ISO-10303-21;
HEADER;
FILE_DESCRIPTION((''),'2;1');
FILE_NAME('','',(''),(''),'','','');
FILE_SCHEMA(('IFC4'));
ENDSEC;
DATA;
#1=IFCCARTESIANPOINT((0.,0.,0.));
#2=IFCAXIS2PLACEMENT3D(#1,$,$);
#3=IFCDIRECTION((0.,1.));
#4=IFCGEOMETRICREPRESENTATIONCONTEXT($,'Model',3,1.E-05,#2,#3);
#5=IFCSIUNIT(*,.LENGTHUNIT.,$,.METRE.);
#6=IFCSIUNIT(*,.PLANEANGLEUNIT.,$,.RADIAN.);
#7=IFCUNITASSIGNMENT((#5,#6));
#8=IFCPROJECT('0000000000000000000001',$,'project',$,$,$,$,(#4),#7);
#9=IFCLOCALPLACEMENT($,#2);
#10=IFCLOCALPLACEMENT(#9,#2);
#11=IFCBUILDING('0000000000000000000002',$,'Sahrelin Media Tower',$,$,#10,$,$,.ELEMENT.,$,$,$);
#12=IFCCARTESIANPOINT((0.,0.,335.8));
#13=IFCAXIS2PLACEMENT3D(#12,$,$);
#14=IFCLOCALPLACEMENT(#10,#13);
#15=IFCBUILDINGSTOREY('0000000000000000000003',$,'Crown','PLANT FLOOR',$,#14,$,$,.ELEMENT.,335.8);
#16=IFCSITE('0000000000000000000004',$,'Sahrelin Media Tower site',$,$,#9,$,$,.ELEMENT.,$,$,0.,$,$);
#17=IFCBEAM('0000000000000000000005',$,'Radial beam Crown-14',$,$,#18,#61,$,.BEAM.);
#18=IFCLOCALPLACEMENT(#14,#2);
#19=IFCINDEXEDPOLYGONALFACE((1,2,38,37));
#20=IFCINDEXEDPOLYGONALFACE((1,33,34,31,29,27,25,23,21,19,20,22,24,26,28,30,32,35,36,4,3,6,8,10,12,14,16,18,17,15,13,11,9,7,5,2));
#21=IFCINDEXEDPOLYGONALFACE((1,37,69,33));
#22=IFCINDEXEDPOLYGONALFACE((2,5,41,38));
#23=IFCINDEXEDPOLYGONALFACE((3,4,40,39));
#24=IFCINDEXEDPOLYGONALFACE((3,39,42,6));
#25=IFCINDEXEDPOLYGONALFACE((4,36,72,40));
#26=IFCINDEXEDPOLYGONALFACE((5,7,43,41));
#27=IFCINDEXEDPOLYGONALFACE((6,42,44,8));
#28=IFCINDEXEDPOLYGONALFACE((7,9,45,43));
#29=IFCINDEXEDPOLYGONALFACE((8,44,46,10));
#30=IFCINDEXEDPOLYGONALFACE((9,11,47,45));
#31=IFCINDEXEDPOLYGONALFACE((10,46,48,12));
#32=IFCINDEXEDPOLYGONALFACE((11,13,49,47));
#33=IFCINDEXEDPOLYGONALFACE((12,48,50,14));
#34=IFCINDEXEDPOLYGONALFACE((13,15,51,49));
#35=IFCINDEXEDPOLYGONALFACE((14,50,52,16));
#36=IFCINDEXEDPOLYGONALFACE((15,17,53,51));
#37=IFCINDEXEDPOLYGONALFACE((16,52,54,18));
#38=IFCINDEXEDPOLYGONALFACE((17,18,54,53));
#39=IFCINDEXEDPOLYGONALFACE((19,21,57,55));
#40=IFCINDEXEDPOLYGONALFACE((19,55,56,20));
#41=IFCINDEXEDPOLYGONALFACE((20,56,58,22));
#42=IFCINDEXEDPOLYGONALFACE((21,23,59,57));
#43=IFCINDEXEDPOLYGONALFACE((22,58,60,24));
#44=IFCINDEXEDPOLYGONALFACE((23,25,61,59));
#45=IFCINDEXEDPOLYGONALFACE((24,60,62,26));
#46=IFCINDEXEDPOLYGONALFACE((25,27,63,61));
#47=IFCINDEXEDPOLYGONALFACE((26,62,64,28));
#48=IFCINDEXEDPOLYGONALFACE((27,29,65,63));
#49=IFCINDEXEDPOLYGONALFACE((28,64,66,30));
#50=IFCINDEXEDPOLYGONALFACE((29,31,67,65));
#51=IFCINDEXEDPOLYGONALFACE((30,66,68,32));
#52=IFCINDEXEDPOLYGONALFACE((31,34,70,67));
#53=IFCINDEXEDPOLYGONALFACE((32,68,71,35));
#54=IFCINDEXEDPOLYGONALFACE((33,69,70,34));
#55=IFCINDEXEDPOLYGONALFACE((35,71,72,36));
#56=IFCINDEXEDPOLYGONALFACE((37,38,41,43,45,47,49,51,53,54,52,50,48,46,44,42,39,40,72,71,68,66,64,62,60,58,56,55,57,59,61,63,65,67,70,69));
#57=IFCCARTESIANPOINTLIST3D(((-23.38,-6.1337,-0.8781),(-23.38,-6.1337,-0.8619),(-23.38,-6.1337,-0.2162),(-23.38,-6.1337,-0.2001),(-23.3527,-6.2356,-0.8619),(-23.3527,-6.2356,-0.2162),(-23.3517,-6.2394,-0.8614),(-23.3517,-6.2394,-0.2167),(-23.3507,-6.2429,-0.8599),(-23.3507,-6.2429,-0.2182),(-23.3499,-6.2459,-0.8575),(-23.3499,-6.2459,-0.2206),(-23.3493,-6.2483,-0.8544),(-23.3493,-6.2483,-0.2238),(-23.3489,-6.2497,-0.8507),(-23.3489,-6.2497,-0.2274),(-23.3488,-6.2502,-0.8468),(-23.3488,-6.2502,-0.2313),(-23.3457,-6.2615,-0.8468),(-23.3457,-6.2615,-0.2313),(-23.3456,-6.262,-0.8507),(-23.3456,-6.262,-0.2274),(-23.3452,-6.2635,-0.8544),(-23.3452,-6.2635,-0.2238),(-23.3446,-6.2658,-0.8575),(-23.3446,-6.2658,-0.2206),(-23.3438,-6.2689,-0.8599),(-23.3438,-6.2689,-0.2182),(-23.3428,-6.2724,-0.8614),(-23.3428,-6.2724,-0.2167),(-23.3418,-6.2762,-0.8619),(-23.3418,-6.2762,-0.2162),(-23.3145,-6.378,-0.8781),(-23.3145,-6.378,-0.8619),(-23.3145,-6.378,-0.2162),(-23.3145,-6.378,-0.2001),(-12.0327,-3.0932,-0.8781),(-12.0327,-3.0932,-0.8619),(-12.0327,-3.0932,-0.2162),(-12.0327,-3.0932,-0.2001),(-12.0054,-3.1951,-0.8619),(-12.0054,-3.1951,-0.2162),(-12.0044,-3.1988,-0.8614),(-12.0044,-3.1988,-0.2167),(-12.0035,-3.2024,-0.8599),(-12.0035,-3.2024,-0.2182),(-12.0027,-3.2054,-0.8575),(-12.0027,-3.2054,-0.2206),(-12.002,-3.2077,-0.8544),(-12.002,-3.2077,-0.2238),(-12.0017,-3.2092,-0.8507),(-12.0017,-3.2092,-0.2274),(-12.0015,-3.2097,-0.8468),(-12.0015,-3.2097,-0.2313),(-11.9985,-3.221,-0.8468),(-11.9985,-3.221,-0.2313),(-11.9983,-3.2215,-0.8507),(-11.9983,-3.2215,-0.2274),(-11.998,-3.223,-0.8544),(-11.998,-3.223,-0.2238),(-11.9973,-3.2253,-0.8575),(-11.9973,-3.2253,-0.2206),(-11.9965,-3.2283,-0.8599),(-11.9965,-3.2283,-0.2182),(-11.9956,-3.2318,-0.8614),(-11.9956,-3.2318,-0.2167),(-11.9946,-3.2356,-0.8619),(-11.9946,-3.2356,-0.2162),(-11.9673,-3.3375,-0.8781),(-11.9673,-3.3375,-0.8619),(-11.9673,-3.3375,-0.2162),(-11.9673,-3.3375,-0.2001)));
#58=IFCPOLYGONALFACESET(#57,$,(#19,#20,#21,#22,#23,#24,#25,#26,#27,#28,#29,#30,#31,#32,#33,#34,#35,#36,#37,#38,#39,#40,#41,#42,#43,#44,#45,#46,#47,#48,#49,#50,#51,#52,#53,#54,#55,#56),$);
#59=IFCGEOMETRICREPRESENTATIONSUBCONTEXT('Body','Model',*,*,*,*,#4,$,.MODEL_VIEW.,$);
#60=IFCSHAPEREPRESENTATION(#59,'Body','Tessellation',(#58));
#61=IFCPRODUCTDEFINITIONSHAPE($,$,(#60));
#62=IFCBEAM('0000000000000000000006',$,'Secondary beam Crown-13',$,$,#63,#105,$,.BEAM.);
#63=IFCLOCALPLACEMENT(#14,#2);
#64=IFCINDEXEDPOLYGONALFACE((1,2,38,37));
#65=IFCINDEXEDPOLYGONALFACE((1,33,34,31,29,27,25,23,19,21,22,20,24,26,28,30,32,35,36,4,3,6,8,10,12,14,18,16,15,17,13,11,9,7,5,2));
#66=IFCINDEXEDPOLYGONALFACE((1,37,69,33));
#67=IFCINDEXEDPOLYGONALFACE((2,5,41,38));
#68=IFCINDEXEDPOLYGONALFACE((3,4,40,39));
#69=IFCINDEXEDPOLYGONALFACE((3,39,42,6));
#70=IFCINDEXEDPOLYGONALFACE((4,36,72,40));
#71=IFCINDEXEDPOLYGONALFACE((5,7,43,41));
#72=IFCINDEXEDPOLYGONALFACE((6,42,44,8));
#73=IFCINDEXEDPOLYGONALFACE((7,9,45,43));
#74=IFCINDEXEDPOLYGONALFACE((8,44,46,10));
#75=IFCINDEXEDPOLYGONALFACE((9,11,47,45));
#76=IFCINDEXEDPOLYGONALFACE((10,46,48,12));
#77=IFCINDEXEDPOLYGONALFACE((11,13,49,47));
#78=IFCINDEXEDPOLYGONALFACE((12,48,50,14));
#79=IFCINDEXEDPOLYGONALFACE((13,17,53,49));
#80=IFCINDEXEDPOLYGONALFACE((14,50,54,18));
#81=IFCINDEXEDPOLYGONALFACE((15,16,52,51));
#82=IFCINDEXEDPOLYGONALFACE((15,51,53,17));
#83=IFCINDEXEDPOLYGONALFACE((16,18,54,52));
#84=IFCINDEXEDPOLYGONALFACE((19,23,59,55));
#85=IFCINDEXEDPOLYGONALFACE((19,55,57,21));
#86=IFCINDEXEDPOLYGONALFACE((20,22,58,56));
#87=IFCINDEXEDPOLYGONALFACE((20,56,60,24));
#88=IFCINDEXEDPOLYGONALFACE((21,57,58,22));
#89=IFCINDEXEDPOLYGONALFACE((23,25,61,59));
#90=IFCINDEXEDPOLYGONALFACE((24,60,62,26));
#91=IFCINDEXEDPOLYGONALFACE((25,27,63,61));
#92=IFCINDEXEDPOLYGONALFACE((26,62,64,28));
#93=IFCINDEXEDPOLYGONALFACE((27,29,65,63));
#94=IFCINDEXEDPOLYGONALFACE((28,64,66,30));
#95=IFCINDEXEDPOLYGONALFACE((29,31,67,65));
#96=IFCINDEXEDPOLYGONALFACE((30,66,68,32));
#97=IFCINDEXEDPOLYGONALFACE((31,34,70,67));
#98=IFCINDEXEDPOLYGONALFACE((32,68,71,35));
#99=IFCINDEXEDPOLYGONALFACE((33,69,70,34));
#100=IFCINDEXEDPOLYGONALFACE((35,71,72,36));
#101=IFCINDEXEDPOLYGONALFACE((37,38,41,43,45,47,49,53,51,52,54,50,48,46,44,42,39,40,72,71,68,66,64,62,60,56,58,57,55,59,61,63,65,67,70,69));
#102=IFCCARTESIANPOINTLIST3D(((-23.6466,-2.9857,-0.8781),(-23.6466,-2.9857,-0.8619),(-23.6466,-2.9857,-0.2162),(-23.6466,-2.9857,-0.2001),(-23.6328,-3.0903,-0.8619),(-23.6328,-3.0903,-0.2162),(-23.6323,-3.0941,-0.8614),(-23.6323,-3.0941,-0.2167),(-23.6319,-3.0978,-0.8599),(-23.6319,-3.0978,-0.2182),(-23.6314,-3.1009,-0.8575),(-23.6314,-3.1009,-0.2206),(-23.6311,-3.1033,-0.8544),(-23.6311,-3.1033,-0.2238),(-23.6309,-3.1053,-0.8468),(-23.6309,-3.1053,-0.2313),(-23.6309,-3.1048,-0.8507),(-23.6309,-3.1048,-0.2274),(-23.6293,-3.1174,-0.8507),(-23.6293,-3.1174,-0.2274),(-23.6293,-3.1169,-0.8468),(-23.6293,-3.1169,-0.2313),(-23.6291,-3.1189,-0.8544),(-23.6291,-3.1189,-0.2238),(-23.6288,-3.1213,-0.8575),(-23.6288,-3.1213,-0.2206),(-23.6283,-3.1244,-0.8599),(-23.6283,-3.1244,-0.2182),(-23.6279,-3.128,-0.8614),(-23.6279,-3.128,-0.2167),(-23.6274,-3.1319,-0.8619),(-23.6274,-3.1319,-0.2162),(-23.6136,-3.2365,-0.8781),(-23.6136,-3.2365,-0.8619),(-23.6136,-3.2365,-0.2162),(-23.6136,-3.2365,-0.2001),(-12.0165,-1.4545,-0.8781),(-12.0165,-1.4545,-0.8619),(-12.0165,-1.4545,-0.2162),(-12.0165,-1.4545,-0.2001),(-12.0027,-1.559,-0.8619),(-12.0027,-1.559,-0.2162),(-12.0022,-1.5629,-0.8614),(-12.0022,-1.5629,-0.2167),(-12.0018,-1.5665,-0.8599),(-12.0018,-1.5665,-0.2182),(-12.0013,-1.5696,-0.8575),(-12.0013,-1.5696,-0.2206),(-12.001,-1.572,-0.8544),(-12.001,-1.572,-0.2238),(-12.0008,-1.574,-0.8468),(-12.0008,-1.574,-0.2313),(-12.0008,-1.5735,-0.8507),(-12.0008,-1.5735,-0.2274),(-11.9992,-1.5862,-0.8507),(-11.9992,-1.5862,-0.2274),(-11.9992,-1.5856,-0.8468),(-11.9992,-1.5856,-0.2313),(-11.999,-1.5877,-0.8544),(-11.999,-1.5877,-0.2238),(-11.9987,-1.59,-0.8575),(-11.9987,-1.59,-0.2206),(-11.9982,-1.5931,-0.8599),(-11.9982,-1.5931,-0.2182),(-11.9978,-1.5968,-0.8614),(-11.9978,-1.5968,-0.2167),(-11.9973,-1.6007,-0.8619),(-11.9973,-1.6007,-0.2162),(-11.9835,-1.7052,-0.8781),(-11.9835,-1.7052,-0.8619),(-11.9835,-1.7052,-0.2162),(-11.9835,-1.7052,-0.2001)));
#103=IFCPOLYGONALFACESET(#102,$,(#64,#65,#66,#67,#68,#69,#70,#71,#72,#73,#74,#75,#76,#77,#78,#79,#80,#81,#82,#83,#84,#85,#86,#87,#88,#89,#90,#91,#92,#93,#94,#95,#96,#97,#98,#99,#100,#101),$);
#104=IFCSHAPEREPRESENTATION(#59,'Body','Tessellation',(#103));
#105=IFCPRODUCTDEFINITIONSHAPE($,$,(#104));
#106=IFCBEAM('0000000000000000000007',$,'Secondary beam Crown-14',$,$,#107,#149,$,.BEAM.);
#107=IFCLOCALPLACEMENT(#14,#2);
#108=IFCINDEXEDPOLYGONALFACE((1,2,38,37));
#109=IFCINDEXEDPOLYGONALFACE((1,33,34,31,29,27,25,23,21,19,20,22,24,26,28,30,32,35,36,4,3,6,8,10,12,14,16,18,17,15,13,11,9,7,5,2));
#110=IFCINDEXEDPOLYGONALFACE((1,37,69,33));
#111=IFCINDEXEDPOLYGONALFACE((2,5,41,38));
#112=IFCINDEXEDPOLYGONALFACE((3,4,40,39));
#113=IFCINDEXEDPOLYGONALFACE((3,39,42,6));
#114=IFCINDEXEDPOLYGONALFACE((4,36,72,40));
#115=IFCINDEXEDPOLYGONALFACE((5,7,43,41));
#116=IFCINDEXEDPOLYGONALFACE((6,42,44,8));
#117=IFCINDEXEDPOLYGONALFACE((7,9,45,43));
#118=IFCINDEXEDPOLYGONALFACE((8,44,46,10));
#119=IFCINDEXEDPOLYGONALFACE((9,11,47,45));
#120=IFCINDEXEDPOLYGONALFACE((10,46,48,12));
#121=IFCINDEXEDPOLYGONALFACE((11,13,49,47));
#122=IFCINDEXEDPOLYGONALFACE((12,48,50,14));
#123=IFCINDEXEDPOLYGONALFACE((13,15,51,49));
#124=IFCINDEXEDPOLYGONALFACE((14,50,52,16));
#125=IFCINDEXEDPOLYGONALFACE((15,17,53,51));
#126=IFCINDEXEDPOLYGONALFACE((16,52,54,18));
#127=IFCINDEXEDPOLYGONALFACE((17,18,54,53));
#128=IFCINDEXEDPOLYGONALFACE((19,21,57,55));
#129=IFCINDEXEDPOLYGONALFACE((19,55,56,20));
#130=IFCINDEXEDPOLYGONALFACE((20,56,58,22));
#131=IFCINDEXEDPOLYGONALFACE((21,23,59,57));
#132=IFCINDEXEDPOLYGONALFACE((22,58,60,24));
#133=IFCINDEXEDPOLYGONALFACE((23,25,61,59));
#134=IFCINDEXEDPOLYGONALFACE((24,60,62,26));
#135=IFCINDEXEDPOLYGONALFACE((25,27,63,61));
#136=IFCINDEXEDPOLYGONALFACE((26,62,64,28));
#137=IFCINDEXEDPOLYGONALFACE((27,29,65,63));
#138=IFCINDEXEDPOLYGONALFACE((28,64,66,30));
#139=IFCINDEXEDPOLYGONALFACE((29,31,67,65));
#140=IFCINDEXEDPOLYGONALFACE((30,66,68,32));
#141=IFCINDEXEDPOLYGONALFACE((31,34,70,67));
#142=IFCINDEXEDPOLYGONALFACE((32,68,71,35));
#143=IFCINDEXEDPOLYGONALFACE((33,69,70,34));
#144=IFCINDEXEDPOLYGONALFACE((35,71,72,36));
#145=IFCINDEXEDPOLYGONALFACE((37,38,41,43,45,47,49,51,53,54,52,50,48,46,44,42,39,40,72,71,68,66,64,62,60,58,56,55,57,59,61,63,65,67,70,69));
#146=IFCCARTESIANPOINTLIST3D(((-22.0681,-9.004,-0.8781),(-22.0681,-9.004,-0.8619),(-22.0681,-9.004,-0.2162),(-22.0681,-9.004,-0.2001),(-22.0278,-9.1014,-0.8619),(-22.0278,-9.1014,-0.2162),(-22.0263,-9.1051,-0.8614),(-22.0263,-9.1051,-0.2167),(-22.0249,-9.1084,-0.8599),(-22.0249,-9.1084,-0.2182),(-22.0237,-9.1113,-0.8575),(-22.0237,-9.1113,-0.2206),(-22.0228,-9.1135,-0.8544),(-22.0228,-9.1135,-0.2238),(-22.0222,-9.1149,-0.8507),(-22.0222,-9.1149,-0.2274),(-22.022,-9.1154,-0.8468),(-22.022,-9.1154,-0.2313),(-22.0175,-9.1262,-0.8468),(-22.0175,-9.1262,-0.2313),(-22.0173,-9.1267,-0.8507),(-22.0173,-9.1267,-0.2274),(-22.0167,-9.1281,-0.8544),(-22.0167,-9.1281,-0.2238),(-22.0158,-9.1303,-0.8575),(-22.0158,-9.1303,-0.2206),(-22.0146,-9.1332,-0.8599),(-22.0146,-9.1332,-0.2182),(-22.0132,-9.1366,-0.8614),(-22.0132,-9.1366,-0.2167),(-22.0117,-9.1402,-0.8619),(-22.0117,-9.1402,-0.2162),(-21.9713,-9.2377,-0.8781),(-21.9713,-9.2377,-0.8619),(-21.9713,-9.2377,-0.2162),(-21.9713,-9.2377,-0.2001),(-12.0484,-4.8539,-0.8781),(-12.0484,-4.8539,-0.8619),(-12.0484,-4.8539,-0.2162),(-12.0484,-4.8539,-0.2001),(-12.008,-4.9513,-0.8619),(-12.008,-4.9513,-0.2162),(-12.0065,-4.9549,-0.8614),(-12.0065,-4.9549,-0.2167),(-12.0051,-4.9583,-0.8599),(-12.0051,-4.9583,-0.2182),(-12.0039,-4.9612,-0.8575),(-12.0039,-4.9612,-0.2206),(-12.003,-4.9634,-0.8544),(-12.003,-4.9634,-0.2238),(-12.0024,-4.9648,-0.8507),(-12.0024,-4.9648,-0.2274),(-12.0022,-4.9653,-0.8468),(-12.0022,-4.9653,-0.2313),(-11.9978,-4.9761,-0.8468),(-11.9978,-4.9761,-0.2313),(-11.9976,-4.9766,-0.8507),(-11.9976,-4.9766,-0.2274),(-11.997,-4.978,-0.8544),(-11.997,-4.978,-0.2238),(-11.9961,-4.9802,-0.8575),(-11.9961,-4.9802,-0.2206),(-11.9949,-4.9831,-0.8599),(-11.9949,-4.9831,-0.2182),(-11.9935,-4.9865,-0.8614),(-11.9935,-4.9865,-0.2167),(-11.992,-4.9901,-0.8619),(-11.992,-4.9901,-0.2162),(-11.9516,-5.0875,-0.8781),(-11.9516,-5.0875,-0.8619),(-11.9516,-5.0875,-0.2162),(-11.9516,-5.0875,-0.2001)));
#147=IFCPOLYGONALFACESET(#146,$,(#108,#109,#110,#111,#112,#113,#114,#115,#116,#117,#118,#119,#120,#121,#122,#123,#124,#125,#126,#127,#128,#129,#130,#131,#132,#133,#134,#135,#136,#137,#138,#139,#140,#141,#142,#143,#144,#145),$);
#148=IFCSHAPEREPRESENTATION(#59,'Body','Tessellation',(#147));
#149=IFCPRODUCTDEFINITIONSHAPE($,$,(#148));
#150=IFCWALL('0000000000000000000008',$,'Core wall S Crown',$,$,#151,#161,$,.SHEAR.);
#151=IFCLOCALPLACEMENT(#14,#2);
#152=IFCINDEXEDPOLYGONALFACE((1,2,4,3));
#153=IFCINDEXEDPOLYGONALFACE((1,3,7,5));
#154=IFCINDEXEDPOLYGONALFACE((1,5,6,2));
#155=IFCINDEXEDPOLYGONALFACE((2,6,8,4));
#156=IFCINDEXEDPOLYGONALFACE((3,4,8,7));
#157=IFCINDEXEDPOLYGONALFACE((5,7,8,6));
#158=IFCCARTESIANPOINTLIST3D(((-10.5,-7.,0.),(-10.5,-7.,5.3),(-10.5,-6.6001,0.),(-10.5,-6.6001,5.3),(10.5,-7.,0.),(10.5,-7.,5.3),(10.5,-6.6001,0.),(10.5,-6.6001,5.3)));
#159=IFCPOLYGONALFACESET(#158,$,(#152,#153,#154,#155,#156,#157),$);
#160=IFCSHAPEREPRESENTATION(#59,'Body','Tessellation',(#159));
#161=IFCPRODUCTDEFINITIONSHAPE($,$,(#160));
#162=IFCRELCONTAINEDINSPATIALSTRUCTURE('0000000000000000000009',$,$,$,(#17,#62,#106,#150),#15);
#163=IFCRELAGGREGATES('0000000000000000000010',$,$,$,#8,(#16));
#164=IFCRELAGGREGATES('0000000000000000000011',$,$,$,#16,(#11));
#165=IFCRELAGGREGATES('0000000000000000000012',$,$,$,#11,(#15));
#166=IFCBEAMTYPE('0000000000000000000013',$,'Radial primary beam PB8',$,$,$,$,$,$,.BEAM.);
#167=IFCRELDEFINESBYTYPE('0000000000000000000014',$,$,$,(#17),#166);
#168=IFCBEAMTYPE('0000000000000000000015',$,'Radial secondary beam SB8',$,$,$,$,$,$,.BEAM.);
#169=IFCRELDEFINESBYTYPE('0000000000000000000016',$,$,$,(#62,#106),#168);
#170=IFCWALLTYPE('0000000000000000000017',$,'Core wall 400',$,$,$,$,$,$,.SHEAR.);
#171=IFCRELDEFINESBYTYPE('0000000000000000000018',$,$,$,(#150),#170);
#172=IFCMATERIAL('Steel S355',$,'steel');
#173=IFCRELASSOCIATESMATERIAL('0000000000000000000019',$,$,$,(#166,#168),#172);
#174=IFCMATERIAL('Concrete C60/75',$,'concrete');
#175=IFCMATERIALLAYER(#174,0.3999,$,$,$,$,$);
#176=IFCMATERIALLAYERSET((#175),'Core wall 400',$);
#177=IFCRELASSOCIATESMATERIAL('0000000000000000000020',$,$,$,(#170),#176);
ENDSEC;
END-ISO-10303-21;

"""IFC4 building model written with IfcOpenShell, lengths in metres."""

from ifc_helpers import new_model, si_unit, direction, frame, frame_2d, origin, origin_2d, place, context, subcontext, project, spatial, rectangle, i_section, extrude, material, layer, layer_set, material_profile, profile_set, type_object, element, save


model = new_model("IFC4")

# Units and contexts
model_context = context("Model", 3, precision=1e-05, world=origin(), true_north=direction((0.0, 1.0)))
body_context = subcontext(model_context, "Body", "Model", "MODEL_VIEW")
ifc_project = project(units=[si_unit("LENGTHUNIT", "METRE"), si_unit("PLANEANGLEUNIT", "RADIAN")], contexts=[model_context])

# Site, building, storey
site_placement = place(None, origin())
site = spatial("IfcSite", under=ifc_project, at=site_placement, Name="Sahrelin Media Tower site", CompositionType="ELEMENT", RefElevation=0.0)
building_placement = place(site_placement, origin())
building = spatial("IfcBuilding", under=site, at=building_placement, Name="Sahrelin Media Tower", CompositionType="ELEMENT")
storey_placement = place(building_placement, frame((0.0, 0.0, 335.8)))
storey = spatial("IfcBuildingStorey", under=building, at=storey_placement, Name="Crown", Description="PLANT FLOOR", CompositionType="ELEMENT", Elevation=335.8)

# Beams
ifc_material_1 = material(Name="Steel S355", Category="steel")
ifc_material_profile_1 = material_profile(ifc_material_1, i_section(OverallWidth=0.2529, OverallDepth=0.678, WebThickness=0.0117, FlangeThickness=0.0161, FilletRadius=0.0151, at=origin_2d()), Name="UB 686x254x125")
ifc_profile_set_1 = profile_set([ifc_material_profile_1], Name="Steel S355")
beam_type_1 = type_object("IfcBeamType", Name="Radial primary beam PB8", PredefinedType="BEAM", material=ifc_profile_set_1)
beam_1_placement = place(storey_placement, frame((-12.0, -3.2153, -0.5391), z_axis=(-0.965924, -0.258824, 0.0), x_axis=(0.258824, -0.965924, 0.0)))
element("IfcBeam", 1, at=beam_1_placement, inside=storey, type_object=beam_type_1, Name="Radial beam Crown-14", PredefinedType="BEAM", context=body_context, shape_type="SweptSolid", body=[
    extrude(i_section(OverallWidth=0.2529, OverallDepth=0.678, WebThickness=0.0117, FlangeThickness=0.0161, FilletRadius=0.0151, at=origin_2d()), origin(), (0.0, 0.0, 1.0), 11.7476),
])
ifc_material_profile_2 = material_profile(ifc_material_1, i_section(OverallWidth=0.2529, OverallDepth=0.678, WebThickness=0.0117, FlangeThickness=0.0161, FilletRadius=0.0151, at=origin_2d()), Name="UB 686x254x125")
ifc_profile_set_2 = profile_set([ifc_material_profile_2], Name="Steel S355")
beam_type_2 = type_object("IfcBeamType", Name="Radial secondary beam SB8", PredefinedType="BEAM", material=ifc_profile_set_2)
beam_2_placement = place(storey_placement, frame((-12.0, -1.5798, -0.5391), z_axis=(-0.991444, -0.130536, 0.0), x_axis=(0.130536, -0.991444, 0.0)))
element("IfcBeam", 2, at=beam_2_placement, inside=storey, type_object=beam_type_2, Name="Secondary beam Crown-13", PredefinedType="BEAM", context=body_context, shape_type="SweptSolid", body=[
    extrude(i_section(OverallWidth=0.2529, OverallDepth=0.678, WebThickness=0.0117, FlangeThickness=0.0161, FilletRadius=0.0151, at=origin_2d()), origin(), (0.0, 0.0, 1.0), 11.7305),
])
beam_3_placement = place(storey_placement, frame((-12.0, -4.9707, -0.5391), z_axis=(-0.923885, -0.382669, 0.0), x_axis=(0.382669, -0.923885, 0.0)))
element("IfcBeam", 3, at=beam_3_placement, inside=storey, type_object=beam_type_2, Name="Secondary beam Crown-14", PredefinedType="BEAM", context=body_context, shape_type="SweptSolid", body=[
    extrude(i_section(OverallWidth=0.2529, OverallDepth=0.678, WebThickness=0.0117, FlangeThickness=0.0161, FilletRadius=0.0151, at=origin_2d()), origin(), (0.0, 0.0, 1.0), 10.8452),
])

# Wall
ifc_material_2 = material(Name="Concrete C60/75", Category="concrete")
ifc_layer_1 = layer(ifc_material_2, 0.3999)
ifc_layer_set_1 = layer_set([ifc_layer_1], Name="Core wall 400")
wall_type_1 = type_object("IfcWallType", Name="Core wall 400", PredefinedType="SHEAR", material=ifc_layer_set_1)
wall_1_placement = place(storey_placement, frame((-10.5, -6.8, 0.0), z_axis=(0.0, 0.0, 1.0), x_axis=(1.0, 0.0, 0.0)))
element("IfcWall", 4, at=wall_1_placement, inside=storey, type_object=wall_type_1, Name="Core wall S Crown", PredefinedType="SHEAR", context=body_context, shape_type="SweptSolid", body=[
    extrude(rectangle(XDim=21.0, YDim=0.3999, at=frame_2d((10.5, 0.0))), origin(), (0.0, 0.0, 1.0), 5.3),
])

save(model, "model.ifc")
